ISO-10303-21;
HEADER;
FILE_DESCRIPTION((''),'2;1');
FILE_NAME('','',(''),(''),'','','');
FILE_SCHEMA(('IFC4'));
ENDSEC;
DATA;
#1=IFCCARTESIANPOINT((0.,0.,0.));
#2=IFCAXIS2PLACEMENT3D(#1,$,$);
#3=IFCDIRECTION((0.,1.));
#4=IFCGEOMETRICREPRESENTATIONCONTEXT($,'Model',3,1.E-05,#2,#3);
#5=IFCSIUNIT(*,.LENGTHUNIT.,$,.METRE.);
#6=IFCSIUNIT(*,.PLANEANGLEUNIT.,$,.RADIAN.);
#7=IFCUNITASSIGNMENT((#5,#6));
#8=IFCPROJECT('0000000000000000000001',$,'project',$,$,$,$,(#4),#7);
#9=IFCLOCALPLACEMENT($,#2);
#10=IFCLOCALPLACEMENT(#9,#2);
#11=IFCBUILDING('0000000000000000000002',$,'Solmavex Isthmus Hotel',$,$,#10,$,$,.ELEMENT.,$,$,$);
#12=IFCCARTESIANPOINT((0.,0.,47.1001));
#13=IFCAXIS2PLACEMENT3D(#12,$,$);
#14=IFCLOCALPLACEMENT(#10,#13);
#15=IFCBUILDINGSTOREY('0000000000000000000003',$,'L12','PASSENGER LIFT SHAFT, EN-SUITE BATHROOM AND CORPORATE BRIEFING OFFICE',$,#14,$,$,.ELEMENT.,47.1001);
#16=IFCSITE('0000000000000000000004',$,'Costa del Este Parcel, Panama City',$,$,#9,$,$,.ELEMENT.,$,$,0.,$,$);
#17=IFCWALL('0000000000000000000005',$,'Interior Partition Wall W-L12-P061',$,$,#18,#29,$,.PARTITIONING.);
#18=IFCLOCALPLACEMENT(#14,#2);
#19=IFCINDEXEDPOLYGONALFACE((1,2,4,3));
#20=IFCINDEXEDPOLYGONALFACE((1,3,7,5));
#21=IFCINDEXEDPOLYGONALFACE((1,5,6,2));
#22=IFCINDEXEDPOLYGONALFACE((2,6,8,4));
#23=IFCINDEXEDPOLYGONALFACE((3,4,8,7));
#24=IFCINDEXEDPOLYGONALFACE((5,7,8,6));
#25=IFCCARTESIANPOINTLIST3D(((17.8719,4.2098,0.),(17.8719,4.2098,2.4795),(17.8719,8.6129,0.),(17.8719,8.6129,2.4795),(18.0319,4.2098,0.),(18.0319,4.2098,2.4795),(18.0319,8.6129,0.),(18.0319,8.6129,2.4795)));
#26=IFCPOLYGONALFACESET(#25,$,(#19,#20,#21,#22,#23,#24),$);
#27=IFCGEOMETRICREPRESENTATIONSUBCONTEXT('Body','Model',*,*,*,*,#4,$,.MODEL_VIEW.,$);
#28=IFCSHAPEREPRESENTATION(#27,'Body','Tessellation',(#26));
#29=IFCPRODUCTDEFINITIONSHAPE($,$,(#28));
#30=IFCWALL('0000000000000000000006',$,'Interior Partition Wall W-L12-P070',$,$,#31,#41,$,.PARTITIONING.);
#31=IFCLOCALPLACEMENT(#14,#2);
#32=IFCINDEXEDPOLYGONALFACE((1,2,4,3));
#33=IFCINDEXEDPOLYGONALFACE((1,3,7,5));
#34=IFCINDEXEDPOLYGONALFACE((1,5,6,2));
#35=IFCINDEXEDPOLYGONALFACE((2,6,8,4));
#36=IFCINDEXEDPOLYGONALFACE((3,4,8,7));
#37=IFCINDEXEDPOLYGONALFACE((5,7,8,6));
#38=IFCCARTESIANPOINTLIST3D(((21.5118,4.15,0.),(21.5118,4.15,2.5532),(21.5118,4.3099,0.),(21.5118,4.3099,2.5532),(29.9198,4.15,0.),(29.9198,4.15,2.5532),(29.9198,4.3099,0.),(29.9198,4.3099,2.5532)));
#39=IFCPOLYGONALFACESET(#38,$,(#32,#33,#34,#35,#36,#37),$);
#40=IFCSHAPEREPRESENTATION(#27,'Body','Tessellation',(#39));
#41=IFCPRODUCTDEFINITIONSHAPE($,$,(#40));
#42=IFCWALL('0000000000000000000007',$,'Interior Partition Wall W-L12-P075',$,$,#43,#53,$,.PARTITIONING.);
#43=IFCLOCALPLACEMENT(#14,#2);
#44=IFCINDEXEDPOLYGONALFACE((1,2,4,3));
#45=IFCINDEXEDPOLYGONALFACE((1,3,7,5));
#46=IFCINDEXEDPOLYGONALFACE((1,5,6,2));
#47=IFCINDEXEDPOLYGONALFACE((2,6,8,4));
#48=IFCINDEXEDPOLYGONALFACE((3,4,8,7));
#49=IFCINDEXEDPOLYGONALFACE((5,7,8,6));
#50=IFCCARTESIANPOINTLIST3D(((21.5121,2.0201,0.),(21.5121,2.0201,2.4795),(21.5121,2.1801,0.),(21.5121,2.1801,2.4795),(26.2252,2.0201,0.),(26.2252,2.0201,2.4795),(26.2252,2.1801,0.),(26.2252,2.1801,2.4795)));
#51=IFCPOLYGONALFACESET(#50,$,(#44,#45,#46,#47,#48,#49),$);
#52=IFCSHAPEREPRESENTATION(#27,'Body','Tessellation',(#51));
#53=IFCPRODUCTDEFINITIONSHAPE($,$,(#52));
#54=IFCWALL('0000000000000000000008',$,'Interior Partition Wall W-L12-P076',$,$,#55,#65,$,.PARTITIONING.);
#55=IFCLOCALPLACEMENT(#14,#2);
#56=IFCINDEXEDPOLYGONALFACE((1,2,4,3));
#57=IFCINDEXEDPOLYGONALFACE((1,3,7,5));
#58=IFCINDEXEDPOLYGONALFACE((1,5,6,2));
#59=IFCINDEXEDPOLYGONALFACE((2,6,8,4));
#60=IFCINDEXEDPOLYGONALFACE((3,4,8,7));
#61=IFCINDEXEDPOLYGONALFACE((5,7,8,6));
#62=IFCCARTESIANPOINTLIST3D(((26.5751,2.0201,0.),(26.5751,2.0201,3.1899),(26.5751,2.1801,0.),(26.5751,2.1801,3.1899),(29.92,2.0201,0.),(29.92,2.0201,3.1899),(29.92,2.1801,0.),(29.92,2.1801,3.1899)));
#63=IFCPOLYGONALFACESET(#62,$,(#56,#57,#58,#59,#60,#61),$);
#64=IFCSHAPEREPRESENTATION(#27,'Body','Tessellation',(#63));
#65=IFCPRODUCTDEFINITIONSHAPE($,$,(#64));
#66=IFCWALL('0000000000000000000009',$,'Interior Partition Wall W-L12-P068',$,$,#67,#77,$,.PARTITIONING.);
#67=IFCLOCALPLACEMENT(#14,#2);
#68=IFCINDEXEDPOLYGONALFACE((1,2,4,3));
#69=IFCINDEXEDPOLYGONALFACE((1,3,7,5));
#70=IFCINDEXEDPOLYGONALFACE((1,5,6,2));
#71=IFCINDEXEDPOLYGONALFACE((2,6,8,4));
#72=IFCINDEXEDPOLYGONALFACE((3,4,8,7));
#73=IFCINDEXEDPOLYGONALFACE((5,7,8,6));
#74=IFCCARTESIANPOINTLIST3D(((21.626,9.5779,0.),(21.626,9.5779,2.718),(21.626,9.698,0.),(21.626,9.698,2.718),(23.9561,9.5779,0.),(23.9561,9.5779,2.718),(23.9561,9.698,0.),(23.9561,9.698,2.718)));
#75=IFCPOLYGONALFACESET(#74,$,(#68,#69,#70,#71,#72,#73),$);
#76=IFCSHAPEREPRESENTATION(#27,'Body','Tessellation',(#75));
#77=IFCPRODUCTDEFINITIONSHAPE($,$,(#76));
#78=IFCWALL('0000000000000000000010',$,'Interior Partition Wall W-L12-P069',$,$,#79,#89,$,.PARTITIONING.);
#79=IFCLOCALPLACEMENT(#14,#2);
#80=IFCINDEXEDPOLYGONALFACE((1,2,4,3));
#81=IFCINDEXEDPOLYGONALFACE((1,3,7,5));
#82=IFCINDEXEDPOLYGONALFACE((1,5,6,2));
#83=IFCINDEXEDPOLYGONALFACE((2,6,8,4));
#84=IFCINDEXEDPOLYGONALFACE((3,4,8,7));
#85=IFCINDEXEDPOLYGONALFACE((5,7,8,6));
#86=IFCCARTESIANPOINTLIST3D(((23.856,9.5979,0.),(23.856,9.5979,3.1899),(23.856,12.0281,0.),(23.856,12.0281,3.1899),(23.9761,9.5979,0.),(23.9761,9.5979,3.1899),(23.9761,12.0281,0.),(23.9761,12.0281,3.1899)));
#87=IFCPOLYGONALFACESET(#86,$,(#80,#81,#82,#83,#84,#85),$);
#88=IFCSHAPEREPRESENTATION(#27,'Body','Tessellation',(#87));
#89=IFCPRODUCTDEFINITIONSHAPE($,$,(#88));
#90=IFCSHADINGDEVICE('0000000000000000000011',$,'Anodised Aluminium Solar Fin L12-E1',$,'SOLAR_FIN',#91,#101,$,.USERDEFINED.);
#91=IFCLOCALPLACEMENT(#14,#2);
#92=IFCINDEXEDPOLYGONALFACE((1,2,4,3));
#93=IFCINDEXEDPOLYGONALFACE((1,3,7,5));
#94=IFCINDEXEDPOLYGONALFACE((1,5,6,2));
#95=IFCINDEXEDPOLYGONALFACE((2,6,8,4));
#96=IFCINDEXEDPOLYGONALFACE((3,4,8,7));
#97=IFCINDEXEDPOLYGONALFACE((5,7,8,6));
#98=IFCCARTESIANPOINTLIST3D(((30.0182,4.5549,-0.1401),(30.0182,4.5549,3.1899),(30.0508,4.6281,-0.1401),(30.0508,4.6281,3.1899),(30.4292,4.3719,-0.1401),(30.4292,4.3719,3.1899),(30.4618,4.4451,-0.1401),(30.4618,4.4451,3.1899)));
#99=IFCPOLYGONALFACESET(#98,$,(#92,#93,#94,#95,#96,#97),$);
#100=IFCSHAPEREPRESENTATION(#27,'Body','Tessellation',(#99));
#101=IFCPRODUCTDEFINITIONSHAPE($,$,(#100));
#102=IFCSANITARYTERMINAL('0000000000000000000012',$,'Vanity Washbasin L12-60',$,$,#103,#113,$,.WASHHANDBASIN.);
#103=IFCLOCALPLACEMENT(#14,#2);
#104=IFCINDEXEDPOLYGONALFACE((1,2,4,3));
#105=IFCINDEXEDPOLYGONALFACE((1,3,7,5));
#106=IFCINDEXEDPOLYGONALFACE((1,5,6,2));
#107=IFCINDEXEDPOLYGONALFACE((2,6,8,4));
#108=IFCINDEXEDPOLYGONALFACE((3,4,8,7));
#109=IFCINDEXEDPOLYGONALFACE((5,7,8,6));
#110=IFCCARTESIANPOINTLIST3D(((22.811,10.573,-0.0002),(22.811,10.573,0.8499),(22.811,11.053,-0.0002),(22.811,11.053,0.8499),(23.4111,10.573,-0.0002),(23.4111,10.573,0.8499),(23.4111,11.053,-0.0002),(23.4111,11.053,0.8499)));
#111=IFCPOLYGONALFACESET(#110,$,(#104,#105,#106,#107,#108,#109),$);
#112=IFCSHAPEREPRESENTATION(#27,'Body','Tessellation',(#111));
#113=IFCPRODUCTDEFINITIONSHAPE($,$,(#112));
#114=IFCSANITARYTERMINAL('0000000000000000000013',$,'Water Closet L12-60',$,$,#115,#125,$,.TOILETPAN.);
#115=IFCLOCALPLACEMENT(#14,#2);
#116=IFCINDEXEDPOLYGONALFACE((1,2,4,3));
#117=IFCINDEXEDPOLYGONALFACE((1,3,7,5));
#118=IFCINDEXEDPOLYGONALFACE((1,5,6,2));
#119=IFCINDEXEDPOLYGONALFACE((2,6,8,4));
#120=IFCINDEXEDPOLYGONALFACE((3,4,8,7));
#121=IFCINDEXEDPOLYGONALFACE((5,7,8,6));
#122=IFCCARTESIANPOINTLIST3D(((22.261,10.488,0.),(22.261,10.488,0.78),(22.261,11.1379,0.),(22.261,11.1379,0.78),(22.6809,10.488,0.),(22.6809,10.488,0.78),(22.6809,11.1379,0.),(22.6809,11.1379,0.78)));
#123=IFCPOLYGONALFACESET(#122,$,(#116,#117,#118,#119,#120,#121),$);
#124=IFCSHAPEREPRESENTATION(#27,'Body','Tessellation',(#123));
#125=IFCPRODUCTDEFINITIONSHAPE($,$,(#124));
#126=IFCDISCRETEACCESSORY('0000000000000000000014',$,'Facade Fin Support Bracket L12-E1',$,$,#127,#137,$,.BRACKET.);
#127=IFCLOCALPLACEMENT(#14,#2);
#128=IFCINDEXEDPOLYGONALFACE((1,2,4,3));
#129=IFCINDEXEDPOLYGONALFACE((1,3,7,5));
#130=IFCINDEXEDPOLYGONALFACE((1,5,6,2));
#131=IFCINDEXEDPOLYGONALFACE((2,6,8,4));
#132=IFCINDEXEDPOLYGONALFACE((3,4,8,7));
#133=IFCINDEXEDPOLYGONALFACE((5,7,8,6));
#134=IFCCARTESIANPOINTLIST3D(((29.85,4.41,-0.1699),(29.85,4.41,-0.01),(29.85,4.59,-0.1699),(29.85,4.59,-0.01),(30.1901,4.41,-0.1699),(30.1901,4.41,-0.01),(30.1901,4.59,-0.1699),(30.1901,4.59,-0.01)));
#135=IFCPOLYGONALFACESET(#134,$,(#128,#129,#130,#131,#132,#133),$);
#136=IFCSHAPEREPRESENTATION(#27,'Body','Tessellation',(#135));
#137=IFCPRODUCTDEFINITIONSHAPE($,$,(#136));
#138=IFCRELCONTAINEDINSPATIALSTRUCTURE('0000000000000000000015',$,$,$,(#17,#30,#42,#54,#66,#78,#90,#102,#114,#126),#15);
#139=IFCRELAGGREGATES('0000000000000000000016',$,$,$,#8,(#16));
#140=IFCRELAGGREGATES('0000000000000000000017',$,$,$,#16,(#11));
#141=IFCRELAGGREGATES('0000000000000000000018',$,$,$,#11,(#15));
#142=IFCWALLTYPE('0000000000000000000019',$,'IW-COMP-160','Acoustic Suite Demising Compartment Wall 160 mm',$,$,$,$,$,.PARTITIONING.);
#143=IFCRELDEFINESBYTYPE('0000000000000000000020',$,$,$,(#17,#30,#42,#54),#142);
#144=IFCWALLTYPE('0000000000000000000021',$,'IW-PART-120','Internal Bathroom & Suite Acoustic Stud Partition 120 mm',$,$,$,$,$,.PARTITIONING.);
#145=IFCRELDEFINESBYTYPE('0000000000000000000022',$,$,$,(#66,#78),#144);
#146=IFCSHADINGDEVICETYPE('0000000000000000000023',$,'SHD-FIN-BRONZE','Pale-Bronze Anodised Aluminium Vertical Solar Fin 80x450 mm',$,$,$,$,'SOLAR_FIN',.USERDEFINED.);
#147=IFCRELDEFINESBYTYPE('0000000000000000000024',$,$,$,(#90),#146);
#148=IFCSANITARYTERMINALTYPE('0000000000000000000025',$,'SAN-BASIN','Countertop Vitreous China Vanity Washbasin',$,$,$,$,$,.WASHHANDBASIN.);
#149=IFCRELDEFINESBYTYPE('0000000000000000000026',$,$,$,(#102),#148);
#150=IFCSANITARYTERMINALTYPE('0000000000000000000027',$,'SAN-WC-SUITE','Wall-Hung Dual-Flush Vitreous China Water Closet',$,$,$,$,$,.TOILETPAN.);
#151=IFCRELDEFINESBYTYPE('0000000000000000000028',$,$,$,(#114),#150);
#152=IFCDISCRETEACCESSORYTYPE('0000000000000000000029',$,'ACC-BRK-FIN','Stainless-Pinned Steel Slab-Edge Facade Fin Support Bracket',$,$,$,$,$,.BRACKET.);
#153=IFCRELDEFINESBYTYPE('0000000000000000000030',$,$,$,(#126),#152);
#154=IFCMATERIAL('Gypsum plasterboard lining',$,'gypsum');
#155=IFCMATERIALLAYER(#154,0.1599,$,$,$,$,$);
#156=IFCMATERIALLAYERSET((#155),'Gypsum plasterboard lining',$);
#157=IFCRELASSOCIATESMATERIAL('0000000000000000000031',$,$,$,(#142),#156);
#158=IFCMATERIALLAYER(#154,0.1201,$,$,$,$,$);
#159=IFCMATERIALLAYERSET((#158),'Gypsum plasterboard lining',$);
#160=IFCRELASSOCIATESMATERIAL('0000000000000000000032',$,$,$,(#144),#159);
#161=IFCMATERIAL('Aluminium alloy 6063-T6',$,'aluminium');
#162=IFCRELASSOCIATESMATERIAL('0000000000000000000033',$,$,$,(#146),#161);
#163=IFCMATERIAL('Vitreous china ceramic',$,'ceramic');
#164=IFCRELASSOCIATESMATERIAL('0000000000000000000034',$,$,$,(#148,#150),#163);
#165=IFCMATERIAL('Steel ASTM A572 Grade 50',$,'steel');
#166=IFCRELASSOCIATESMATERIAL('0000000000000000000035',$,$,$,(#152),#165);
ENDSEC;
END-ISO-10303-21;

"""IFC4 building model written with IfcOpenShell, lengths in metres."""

from ifc_helpers import new_model, si_unit, direction, frame, frame_2d, origin, origin_2d, place, context, subcontext, project, spatial, rectangle, extrude, material, layer, layer_set, type_object, element, save


model = new_model("IFC4")

# Units and contexts
model_context = context("Model", 3, precision=1e-05, world=origin(), true_north=direction((0.0, 1.0)))
body_context = subcontext(model_context, "Body", "Model", "MODEL_VIEW")
ifc_project = project(units=[si_unit("LENGTHUNIT", "METRE"), si_unit("PLANEANGLEUNIT", "RADIAN")], contexts=[model_context])

# Site, building, storey
site_placement = place(None, origin())
site = spatial("IfcSite", under=ifc_project, at=site_placement, Name="Costa del Este Parcel, Panama City", CompositionType="ELEMENT", RefElevation=0.0)
building_placement = place(site_placement, origin())
building = spatial("IfcBuilding", under=site, at=building_placement, Name="Solmavex Isthmus Hotel", CompositionType="ELEMENT")
storey_placement = place(building_placement, frame((0.0, 0.0, 47.1001)))
storey = spatial("IfcBuildingStorey", under=building, at=storey_placement, Name="L12", Description="PASSENGER LIFT SHAFT, EN-SUITE BATHROOM AND CORPORATE BRIEFING OFFICE", CompositionType="ELEMENT", Elevation=47.1001)

# Shared definitions
ifc_material_1 = material(Name="Aluminium alloy 6063-T6", Category="aluminium")

# Walls
ifc_material_2 = material(Name="Gypsum plasterboard lining", Category="gypsum")
ifc_layer_1 = layer(ifc_material_2, 0.1599)
ifc_layer_set_1 = layer_set([ifc_layer_1], Name="Gypsum plasterboard lining")
wall_type_1 = type_object("IfcWallType", Name="IW-COMP-160", Description="Acoustic Suite Demising Compartment Wall 160 mm", PredefinedType="PARTITIONING", material=ifc_layer_set_1)
wall_1_placement = place(storey_placement, frame((17.9519, 8.613, 0.0), z_axis=(0.0, 0.0, 1.0), x_axis=(0.0, -1.0, 0.0)))
element("IfcWall", 1, at=wall_1_placement, inside=storey, type_object=wall_type_1, Name="Interior Partition Wall W-L12-P061", PredefinedType="PARTITIONING", context=body_context, shape_type="SweptSolid", body=[
    extrude(rectangle(XDim=4.4031, YDim=0.1599, at=frame_2d((2.2017, 0.0))), origin(), (0.0, 0.0, 1.0), 2.4795),
])
wall_2_placement = place(storey_placement, frame((29.9199, 4.23, 0.0), z_axis=(0.0, 0.0, 1.0), x_axis=(-1.0, 0.0, 0.0)))
element("IfcWall", 2, at=wall_2_placement, inside=storey, type_object=wall_type_1, Name="Interior Partition Wall W-L12-P070", PredefinedType="PARTITIONING", context=body_context, shape_type="SweptSolid", body=[
    extrude(rectangle(XDim=8.408, YDim=0.1599, at=frame_2d((4.2041, 0.0))), origin(), (0.0, 0.0, 1.0), 2.5532),
])
wall_3_placement = place(storey_placement, frame((26.2251, 2.1001, 0.0), z_axis=(0.0, 0.0, 1.0), x_axis=(-1.0, 0.0, 0.0)))
element("IfcWall", 3, at=wall_3_placement, inside=storey, type_object=wall_type_1, Name="Interior Partition Wall W-L12-P075", PredefinedType="PARTITIONING", context=body_context, shape_type="SweptSolid", body=[
    extrude(rectangle(XDim=4.7131, YDim=0.1599, at=frame_2d((2.3564, 0.0))), origin(), (0.0, 0.0, 1.0), 2.4795),
])
wall_4_placement = place(storey_placement, frame((29.9199, 2.1001, 0.0), z_axis=(0.0, 0.0, 1.0), x_axis=(-1.0, 0.0, 0.0)))
element("IfcWall", 4, at=wall_4_placement, inside=storey, type_object=wall_type_1, Name="Interior Partition Wall W-L12-P076", PredefinedType="PARTITIONING", context=body_context, shape_type="SweptSolid", body=[
    extrude(rectangle(XDim=3.345, YDim=0.1599, at=frame_2d((1.6724, 0.0))), origin(), (0.0, 0.0, 1.0), 3.1899),
])

# Walls
ifc_layer_2 = layer(ifc_material_2, 0.1201)
ifc_layer_set_2 = layer_set([ifc_layer_2], Name="Gypsum plasterboard lining")
wall_type_2 = type_object("IfcWallType", Name="IW-PART-120", Description="Internal Bathroom & Suite Acoustic Stud Partition 120 mm", PredefinedType="PARTITIONING", material=ifc_layer_set_2)
wall_5_placement = place(storey_placement, frame((21.626, 9.6379, 0.0), z_axis=(0.0, 0.0, 1.0), x_axis=(1.0, 0.0, 0.0)))
element("IfcWall", 5, at=wall_5_placement, inside=storey, type_object=wall_type_2, Name="Interior Partition Wall W-L12-P068", PredefinedType="PARTITIONING", context=body_context, shape_type="SweptSolid", body=[
    extrude(rectangle(XDim=2.3301, YDim=0.1201, at=frame_2d((1.165, 0.0))), origin(), (0.0, 0.0, 1.0), 2.718),
])
wall_6_placement = place(storey_placement, frame((23.916, 9.5979, 0.0), z_axis=(0.0, 0.0, 1.0), x_axis=(0.0, 1.0, 0.0)))
element("IfcWall", 6, at=wall_6_placement, inside=storey, type_object=wall_type_2, Name="Interior Partition Wall W-L12-P069", PredefinedType="PARTITIONING", context=body_context, shape_type="SweptSolid", body=[
    extrude(rectangle(XDim=2.4302, YDim=0.1201, at=frame_2d((1.2151, 0.0))), origin(), (0.0, 0.0, 1.0), 3.1899),
])

# Shading device
shading_device_type = type_object("IfcShadingDeviceType", Name="SHD-FIN-BRONZE", Description="Pale-Bronze Anodised Aluminium Vertical Solar Fin 80x450 mm", ElementType="SOLAR_FIN", PredefinedType="USERDEFINED", material=ifc_material_1)
shading_device_placement = place(storey_placement, frame((30.24, 4.5, -0.1401), z_axis=(0.0, 0.0, 1.0), x_axis=(0.913545, -0.406737, 0.0)))
element("IfcShadingDevice", 7, at=shading_device_placement, inside=storey, type_object=shading_device_type, Name="Anodised Aluminium Solar Fin L12-E1", ObjectType="SOLAR_FIN", PredefinedType="USERDEFINED", context=body_context, shape_type="SweptSolid", body=[
    extrude(rectangle(XDim=0.45, YDim=0.0801, at=origin_2d()), origin(), (0.0, 0.0, 1.0), 3.3301),
])

# Sanitary terminals
ifc_material_3 = material(Name="Vitreous china ceramic", Category="ceramic")
sanitary_terminal_type_1 = type_object("IfcSanitaryTerminalType", Name="SAN-BASIN", Description="Countertop Vitreous China Vanity Washbasin", PredefinedType="WASHHANDBASIN", material=ifc_material_3)
sanitary_terminal_1_placement = place(storey_placement, frame((23.1111, 10.813, -0.0002), z_axis=(0.0, 0.0, 1.0), x_axis=(1.0, 0.0, 0.0)))
element("IfcSanitaryTerminal", 8, at=sanitary_terminal_1_placement, inside=storey, type_object=sanitary_terminal_type_1, Name="Vanity Washbasin L12-60", PredefinedType="WASHHANDBASIN", context=body_context, shape_type="SweptSolid", body=[
    extrude(rectangle(XDim=0.6001, YDim=0.48, at=origin_2d()), origin(), (0.0, 0.0, 1.0), 0.8501),
])
sanitary_terminal_type_2 = type_object("IfcSanitaryTerminalType", Name="SAN-WC-SUITE", Description="Wall-Hung Dual-Flush Vitreous China Water Closet", PredefinedType="TOILETPAN", material=ifc_material_3)
sanitary_terminal_2_placement = place(storey_placement, frame((22.4709, 10.813, 0.0), z_axis=(0.0, 0.0, 1.0), x_axis=(1.0, 0.0, 0.0)))
element("IfcSanitaryTerminal", 9, at=sanitary_terminal_2_placement, inside=storey, type_object=sanitary_terminal_type_2, Name="Water Closet L12-60", PredefinedType="TOILETPAN", context=body_context, shape_type="SweptSolid", body=[
    extrude(rectangle(XDim=0.4199, YDim=0.6499, at=origin_2d()), origin(), (0.0, 0.0, 1.0), 0.78),
])

# Discrete accessory
ifc_material_4 = material(Name="Steel ASTM A572 Grade 50", Category="steel")
discrete_accessory_type = type_object("IfcDiscreteAccessoryType", Name="ACC-BRK-FIN", Description="Stainless-Pinned Steel Slab-Edge Facade Fin Support Bracket", PredefinedType="BRACKET", material=ifc_material_4)
discrete_accessory_placement = place(storey_placement, frame((30.02, 4.5, -0.1699), z_axis=(0.0, 0.0, 1.0), x_axis=(1.0, 0.0, 0.0)))
element("IfcDiscreteAccessory", 10, at=discrete_accessory_placement, inside=storey, type_object=discrete_accessory_type, Name="Facade Fin Support Bracket L12-E1", PredefinedType="BRACKET", context=body_context, shape_type="SweptSolid", body=[
    extrude(rectangle(XDim=0.3401, YDim=0.1799, at=origin_2d()), origin(), (0.0, 0.0, 1.0), 0.1599),
])

save(model, "model.ifc")
